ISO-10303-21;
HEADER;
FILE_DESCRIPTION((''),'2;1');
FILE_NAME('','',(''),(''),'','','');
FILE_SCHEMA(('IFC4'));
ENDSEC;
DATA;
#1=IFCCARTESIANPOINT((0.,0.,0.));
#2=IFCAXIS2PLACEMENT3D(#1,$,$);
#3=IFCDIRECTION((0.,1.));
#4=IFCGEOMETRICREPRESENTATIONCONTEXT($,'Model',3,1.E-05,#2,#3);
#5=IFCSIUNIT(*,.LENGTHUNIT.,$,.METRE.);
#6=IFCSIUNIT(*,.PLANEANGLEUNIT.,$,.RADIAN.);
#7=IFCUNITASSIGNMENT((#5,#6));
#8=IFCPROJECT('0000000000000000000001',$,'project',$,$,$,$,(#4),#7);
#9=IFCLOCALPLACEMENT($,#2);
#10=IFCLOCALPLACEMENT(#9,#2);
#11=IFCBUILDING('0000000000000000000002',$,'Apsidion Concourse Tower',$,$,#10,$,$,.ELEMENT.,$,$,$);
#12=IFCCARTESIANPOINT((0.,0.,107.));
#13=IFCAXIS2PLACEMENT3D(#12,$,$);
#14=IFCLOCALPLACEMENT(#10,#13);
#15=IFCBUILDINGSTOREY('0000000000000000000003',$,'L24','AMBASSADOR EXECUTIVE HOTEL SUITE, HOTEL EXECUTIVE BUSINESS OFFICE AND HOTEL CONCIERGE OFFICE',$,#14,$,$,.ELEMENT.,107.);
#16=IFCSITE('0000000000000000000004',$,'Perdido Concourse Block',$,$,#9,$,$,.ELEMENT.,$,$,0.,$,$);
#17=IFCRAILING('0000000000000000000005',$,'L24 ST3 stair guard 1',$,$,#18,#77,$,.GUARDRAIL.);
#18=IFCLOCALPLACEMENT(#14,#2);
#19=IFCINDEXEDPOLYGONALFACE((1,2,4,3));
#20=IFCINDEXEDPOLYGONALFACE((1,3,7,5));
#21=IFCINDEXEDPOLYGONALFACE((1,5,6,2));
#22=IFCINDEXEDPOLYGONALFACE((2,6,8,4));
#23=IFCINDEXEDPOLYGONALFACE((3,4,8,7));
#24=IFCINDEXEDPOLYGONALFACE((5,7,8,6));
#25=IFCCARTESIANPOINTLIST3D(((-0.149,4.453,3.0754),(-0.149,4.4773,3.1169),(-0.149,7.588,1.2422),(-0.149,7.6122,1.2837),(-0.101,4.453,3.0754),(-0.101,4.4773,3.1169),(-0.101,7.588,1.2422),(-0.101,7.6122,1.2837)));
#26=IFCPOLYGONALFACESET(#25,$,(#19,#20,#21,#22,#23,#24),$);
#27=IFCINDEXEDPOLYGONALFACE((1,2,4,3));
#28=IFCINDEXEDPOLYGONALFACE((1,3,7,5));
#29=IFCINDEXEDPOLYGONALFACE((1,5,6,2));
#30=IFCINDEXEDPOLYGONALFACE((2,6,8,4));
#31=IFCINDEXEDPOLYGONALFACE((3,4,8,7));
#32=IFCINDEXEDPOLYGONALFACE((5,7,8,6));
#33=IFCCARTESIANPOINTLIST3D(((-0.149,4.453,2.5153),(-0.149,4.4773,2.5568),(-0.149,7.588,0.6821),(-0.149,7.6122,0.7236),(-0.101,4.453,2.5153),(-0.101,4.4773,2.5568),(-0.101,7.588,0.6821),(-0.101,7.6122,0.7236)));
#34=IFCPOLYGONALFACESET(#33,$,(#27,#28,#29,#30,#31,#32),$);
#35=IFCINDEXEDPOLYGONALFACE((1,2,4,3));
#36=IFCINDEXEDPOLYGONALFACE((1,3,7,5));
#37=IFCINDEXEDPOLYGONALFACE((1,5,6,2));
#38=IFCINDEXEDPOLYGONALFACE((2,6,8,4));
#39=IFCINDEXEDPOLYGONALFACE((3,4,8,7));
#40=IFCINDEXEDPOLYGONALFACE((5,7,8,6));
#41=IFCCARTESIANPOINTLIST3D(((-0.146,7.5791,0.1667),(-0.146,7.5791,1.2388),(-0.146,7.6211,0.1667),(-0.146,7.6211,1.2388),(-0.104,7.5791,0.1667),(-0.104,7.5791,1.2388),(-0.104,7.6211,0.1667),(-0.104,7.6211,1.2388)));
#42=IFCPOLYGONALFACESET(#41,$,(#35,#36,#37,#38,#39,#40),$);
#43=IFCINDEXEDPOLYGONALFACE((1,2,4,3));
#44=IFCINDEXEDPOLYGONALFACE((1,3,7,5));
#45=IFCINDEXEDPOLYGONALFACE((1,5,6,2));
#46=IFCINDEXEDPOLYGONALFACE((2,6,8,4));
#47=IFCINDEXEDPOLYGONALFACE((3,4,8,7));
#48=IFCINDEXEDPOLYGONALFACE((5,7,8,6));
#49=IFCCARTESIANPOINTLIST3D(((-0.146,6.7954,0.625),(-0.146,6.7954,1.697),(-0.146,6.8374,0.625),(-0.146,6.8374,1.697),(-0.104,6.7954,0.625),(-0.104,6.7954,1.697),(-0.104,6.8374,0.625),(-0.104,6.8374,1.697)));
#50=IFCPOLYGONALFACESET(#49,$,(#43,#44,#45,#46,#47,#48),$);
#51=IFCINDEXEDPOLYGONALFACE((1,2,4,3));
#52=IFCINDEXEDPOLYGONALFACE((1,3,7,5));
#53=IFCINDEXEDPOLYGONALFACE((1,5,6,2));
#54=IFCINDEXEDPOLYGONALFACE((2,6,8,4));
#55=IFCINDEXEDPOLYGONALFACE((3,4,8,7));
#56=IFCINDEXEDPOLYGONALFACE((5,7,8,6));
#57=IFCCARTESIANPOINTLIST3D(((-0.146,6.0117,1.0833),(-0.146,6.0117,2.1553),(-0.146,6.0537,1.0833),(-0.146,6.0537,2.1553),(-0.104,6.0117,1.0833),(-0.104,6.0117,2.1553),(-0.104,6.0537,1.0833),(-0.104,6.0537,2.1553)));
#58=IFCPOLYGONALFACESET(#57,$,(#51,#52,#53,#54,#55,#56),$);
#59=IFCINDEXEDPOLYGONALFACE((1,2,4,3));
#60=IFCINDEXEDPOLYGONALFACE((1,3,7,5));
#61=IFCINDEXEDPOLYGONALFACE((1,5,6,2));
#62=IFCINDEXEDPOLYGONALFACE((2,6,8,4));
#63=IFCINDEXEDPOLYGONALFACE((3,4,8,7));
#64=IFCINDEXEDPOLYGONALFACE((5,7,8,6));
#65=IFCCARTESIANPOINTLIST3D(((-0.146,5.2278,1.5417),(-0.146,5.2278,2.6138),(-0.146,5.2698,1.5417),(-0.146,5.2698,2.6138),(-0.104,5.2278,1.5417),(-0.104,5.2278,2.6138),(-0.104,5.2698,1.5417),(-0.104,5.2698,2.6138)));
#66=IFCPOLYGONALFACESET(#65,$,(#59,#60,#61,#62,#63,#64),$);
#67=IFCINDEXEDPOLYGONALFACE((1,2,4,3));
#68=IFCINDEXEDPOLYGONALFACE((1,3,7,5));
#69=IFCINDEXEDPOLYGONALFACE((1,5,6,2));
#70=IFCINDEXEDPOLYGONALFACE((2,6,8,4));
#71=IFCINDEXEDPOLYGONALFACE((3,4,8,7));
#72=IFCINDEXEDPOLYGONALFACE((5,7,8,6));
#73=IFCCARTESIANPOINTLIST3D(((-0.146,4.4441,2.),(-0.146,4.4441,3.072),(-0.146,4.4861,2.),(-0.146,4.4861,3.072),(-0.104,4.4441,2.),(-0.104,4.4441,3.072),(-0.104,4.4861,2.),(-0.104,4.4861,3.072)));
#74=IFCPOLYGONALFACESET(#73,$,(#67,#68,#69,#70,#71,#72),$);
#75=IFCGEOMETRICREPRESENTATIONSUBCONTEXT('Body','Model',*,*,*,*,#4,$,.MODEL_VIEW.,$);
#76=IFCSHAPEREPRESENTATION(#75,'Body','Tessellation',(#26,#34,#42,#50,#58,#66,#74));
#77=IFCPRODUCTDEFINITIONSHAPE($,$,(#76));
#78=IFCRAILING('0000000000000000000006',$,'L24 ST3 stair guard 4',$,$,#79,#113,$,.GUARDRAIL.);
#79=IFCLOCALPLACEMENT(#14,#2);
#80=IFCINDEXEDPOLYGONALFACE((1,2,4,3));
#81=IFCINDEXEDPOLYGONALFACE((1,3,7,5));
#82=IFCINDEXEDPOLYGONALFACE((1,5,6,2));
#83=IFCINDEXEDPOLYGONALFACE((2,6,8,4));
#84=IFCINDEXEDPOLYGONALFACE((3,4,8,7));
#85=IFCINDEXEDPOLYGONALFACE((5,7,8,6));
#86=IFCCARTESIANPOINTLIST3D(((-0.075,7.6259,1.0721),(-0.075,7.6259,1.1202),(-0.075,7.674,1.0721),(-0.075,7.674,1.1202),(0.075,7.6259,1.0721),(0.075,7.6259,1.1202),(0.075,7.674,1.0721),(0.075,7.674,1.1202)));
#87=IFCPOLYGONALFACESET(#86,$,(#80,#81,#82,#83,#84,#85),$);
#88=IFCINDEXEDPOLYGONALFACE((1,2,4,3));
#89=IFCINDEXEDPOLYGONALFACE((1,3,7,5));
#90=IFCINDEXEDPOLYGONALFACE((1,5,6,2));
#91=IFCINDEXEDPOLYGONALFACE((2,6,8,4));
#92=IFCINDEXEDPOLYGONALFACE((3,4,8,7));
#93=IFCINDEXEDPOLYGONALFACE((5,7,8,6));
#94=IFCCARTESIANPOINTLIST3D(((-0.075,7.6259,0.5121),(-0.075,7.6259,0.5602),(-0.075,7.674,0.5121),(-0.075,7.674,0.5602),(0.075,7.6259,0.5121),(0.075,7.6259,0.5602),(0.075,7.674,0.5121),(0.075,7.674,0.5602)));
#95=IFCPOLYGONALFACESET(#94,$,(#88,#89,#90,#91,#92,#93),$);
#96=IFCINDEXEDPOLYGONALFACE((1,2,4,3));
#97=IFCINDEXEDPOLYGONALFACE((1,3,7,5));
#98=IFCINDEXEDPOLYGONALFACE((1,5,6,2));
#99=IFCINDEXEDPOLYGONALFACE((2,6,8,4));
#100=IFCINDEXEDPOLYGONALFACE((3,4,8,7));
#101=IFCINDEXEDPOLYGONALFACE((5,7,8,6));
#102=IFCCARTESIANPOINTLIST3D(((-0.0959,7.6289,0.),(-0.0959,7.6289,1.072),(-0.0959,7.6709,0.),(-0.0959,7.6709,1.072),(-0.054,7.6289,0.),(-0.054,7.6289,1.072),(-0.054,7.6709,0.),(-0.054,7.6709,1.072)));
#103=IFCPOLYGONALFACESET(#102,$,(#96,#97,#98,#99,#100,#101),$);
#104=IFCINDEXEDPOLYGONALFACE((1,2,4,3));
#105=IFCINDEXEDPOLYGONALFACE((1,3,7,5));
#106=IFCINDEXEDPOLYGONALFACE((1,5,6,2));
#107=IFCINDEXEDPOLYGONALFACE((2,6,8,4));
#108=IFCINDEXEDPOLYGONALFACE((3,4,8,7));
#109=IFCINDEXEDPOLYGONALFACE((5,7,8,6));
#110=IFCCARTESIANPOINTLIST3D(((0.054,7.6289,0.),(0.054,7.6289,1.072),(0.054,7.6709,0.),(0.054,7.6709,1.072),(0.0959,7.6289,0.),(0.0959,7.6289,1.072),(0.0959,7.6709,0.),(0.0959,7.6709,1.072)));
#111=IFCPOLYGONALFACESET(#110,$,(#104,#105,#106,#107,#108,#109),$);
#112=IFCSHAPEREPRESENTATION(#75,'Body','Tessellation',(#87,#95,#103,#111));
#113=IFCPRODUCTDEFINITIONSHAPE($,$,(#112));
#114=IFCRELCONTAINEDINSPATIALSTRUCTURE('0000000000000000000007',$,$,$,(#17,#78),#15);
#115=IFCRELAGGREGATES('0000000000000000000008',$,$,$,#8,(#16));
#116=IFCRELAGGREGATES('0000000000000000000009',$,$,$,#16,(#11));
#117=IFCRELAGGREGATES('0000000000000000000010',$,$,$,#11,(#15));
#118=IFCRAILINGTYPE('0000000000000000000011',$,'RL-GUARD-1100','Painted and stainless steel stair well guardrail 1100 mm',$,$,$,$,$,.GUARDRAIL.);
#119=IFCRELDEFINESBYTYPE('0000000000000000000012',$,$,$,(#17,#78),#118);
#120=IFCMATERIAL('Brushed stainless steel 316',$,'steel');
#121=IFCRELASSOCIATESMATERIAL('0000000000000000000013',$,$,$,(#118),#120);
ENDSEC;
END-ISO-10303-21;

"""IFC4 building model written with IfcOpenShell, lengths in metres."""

from ifc_helpers import new_model, si_unit, direction, frame, origin, origin_2d, place, context, subcontext, project, spatial, rectangle, extrude, material, type_object, element, save


model = new_model("IFC4")

# Units and contexts
model_context = context("Model", 3, precision=1e-05, world=origin(), true_north=direction((0.0, 1.0)))
body_context = subcontext(model_context, "Body", "Model", "MODEL_VIEW")
ifc_project = project(units=[si_unit("LENGTHUNIT", "METRE"), si_unit("PLANEANGLEUNIT", "RADIAN")], contexts=[model_context])

# Site, building, storey
site_placement = place(None, origin())
site = spatial("IfcSite", under=ifc_project, at=site_placement, Name="Perdido Concourse Block", CompositionType="ELEMENT", RefElevation=0.0)
building_placement = place(site_placement, origin())
building = spatial("IfcBuilding", under=site, at=building_placement, Name="Apsidion Concourse Tower", CompositionType="ELEMENT")
storey_placement = place(building_placement, frame((0.0, 0.0, 107.0)))
storey = spatial("IfcBuildingStorey", under=building, at=storey_placement, Name="L24", Description="AMBASSADOR EXECUTIVE HOTEL SUITE, HOTEL EXECUTIVE BUSINESS OFFICE AND HOTEL CONCIERGE OFFICE", CompositionType="ELEMENT", Elevation=107.0)

# Shared definitions
ifc_material_1 = material(Name="Brushed stainless steel 316", Category="steel")

# Railings
railing_type = type_object("IfcRailingType", Name="RL-GUARD-1100", Description="Painted and stainless steel stair well guardrail 1100 mm", PredefinedType="GUARDRAIL", material=ifc_material_1)
railing_1_placement = place(storey_placement, frame((-0.125, 7.6001, 0.1667)))
element("IfcRailing", 1, at=railing_1_placement, inside=storey, type_object=railing_type, Name="L24 ST3 stair guard 1", PredefinedType="GUARDRAIL", context=body_context, shape_type="SweptSolid", body=[
    extrude(rectangle(XDim=0.0481, YDim=0.0481, at=origin_2d()), frame((0.0, 0.0, 1.0962), z_axis=(0.0, -0.86324, 0.504794), x_axis=(1.0, 0.0, 0.0)), (0.0, 0.0, 1.0), 3.6316),
    extrude(rectangle(XDim=0.0481, YDim=0.0481, at=origin_2d()), frame((0.0, 0.0, 0.5361), z_axis=(0.0, -0.86324, 0.504794), x_axis=(1.0, 0.0, 0.0)), (0.0, 0.0, 1.0), 3.6316),
    extrude(rectangle(XDim=0.042, YDim=0.042, at=origin_2d()), origin(), (0.0, 0.0, 1.0), 1.072),
    extrude(rectangle(XDim=0.042, YDim=0.042, at=origin_2d()), frame((0.0, -0.7837, 0.4583)), (0.0, 0.0, 1.0), 1.072),
    extrude(rectangle(XDim=0.042, YDim=0.042, at=origin_2d()), frame((0.0, -1.5674, 0.9165)), (0.0, 0.0, 1.0), 1.072),
    extrude(rectangle(XDim=0.042, YDim=0.042, at=origin_2d()), frame((0.0, -2.3513, 1.375)), (0.0, 0.0, 1.0), 1.072),
    extrude(rectangle(XDim=0.042, YDim=0.042, at=origin_2d()), frame((0.0, -3.135, 1.8333)), (0.0, 0.0, 1.0), 1.072),
])
railing_2_placement = place(storey_placement, frame((-0.075, 7.6499, 0.0)))
element("IfcRailing", 2, at=railing_2_placement, inside=storey, type_object=railing_type, Name="L24 ST3 stair guard 4", PredefinedType="GUARDRAIL", context=body_context, shape_type="SweptSolid", body=[
    extrude(rectangle(XDim=0.0481, YDim=0.0481, at=origin_2d()), frame((0.0, 0.0, 1.0962), z_axis=(1.0, 0.0, 0.0), x_axis=(0.0, 1.0, 0.0)), (0.0, 0.0, 1.0), 0.1499),
    extrude(rectangle(XDim=0.0481, YDim=0.0481, at=origin_2d()), frame((0.0, 0.0, 0.5361), z_axis=(1.0, 0.0, 0.0), x_axis=(0.0, 1.0, 0.0)), (0.0, 0.0, 1.0), 0.1499),
    extrude(rectangle(XDim=0.042, YDim=0.042, at=origin_2d()), origin(), (0.0, 0.0, 1.0), 1.072),
    extrude(rectangle(XDim=0.042, YDim=0.042, at=origin_2d()), frame((0.1499, 0.0, 0.0)), (0.0, 0.0, 1.0), 1.072),
])

save(model, "model.ifc")
